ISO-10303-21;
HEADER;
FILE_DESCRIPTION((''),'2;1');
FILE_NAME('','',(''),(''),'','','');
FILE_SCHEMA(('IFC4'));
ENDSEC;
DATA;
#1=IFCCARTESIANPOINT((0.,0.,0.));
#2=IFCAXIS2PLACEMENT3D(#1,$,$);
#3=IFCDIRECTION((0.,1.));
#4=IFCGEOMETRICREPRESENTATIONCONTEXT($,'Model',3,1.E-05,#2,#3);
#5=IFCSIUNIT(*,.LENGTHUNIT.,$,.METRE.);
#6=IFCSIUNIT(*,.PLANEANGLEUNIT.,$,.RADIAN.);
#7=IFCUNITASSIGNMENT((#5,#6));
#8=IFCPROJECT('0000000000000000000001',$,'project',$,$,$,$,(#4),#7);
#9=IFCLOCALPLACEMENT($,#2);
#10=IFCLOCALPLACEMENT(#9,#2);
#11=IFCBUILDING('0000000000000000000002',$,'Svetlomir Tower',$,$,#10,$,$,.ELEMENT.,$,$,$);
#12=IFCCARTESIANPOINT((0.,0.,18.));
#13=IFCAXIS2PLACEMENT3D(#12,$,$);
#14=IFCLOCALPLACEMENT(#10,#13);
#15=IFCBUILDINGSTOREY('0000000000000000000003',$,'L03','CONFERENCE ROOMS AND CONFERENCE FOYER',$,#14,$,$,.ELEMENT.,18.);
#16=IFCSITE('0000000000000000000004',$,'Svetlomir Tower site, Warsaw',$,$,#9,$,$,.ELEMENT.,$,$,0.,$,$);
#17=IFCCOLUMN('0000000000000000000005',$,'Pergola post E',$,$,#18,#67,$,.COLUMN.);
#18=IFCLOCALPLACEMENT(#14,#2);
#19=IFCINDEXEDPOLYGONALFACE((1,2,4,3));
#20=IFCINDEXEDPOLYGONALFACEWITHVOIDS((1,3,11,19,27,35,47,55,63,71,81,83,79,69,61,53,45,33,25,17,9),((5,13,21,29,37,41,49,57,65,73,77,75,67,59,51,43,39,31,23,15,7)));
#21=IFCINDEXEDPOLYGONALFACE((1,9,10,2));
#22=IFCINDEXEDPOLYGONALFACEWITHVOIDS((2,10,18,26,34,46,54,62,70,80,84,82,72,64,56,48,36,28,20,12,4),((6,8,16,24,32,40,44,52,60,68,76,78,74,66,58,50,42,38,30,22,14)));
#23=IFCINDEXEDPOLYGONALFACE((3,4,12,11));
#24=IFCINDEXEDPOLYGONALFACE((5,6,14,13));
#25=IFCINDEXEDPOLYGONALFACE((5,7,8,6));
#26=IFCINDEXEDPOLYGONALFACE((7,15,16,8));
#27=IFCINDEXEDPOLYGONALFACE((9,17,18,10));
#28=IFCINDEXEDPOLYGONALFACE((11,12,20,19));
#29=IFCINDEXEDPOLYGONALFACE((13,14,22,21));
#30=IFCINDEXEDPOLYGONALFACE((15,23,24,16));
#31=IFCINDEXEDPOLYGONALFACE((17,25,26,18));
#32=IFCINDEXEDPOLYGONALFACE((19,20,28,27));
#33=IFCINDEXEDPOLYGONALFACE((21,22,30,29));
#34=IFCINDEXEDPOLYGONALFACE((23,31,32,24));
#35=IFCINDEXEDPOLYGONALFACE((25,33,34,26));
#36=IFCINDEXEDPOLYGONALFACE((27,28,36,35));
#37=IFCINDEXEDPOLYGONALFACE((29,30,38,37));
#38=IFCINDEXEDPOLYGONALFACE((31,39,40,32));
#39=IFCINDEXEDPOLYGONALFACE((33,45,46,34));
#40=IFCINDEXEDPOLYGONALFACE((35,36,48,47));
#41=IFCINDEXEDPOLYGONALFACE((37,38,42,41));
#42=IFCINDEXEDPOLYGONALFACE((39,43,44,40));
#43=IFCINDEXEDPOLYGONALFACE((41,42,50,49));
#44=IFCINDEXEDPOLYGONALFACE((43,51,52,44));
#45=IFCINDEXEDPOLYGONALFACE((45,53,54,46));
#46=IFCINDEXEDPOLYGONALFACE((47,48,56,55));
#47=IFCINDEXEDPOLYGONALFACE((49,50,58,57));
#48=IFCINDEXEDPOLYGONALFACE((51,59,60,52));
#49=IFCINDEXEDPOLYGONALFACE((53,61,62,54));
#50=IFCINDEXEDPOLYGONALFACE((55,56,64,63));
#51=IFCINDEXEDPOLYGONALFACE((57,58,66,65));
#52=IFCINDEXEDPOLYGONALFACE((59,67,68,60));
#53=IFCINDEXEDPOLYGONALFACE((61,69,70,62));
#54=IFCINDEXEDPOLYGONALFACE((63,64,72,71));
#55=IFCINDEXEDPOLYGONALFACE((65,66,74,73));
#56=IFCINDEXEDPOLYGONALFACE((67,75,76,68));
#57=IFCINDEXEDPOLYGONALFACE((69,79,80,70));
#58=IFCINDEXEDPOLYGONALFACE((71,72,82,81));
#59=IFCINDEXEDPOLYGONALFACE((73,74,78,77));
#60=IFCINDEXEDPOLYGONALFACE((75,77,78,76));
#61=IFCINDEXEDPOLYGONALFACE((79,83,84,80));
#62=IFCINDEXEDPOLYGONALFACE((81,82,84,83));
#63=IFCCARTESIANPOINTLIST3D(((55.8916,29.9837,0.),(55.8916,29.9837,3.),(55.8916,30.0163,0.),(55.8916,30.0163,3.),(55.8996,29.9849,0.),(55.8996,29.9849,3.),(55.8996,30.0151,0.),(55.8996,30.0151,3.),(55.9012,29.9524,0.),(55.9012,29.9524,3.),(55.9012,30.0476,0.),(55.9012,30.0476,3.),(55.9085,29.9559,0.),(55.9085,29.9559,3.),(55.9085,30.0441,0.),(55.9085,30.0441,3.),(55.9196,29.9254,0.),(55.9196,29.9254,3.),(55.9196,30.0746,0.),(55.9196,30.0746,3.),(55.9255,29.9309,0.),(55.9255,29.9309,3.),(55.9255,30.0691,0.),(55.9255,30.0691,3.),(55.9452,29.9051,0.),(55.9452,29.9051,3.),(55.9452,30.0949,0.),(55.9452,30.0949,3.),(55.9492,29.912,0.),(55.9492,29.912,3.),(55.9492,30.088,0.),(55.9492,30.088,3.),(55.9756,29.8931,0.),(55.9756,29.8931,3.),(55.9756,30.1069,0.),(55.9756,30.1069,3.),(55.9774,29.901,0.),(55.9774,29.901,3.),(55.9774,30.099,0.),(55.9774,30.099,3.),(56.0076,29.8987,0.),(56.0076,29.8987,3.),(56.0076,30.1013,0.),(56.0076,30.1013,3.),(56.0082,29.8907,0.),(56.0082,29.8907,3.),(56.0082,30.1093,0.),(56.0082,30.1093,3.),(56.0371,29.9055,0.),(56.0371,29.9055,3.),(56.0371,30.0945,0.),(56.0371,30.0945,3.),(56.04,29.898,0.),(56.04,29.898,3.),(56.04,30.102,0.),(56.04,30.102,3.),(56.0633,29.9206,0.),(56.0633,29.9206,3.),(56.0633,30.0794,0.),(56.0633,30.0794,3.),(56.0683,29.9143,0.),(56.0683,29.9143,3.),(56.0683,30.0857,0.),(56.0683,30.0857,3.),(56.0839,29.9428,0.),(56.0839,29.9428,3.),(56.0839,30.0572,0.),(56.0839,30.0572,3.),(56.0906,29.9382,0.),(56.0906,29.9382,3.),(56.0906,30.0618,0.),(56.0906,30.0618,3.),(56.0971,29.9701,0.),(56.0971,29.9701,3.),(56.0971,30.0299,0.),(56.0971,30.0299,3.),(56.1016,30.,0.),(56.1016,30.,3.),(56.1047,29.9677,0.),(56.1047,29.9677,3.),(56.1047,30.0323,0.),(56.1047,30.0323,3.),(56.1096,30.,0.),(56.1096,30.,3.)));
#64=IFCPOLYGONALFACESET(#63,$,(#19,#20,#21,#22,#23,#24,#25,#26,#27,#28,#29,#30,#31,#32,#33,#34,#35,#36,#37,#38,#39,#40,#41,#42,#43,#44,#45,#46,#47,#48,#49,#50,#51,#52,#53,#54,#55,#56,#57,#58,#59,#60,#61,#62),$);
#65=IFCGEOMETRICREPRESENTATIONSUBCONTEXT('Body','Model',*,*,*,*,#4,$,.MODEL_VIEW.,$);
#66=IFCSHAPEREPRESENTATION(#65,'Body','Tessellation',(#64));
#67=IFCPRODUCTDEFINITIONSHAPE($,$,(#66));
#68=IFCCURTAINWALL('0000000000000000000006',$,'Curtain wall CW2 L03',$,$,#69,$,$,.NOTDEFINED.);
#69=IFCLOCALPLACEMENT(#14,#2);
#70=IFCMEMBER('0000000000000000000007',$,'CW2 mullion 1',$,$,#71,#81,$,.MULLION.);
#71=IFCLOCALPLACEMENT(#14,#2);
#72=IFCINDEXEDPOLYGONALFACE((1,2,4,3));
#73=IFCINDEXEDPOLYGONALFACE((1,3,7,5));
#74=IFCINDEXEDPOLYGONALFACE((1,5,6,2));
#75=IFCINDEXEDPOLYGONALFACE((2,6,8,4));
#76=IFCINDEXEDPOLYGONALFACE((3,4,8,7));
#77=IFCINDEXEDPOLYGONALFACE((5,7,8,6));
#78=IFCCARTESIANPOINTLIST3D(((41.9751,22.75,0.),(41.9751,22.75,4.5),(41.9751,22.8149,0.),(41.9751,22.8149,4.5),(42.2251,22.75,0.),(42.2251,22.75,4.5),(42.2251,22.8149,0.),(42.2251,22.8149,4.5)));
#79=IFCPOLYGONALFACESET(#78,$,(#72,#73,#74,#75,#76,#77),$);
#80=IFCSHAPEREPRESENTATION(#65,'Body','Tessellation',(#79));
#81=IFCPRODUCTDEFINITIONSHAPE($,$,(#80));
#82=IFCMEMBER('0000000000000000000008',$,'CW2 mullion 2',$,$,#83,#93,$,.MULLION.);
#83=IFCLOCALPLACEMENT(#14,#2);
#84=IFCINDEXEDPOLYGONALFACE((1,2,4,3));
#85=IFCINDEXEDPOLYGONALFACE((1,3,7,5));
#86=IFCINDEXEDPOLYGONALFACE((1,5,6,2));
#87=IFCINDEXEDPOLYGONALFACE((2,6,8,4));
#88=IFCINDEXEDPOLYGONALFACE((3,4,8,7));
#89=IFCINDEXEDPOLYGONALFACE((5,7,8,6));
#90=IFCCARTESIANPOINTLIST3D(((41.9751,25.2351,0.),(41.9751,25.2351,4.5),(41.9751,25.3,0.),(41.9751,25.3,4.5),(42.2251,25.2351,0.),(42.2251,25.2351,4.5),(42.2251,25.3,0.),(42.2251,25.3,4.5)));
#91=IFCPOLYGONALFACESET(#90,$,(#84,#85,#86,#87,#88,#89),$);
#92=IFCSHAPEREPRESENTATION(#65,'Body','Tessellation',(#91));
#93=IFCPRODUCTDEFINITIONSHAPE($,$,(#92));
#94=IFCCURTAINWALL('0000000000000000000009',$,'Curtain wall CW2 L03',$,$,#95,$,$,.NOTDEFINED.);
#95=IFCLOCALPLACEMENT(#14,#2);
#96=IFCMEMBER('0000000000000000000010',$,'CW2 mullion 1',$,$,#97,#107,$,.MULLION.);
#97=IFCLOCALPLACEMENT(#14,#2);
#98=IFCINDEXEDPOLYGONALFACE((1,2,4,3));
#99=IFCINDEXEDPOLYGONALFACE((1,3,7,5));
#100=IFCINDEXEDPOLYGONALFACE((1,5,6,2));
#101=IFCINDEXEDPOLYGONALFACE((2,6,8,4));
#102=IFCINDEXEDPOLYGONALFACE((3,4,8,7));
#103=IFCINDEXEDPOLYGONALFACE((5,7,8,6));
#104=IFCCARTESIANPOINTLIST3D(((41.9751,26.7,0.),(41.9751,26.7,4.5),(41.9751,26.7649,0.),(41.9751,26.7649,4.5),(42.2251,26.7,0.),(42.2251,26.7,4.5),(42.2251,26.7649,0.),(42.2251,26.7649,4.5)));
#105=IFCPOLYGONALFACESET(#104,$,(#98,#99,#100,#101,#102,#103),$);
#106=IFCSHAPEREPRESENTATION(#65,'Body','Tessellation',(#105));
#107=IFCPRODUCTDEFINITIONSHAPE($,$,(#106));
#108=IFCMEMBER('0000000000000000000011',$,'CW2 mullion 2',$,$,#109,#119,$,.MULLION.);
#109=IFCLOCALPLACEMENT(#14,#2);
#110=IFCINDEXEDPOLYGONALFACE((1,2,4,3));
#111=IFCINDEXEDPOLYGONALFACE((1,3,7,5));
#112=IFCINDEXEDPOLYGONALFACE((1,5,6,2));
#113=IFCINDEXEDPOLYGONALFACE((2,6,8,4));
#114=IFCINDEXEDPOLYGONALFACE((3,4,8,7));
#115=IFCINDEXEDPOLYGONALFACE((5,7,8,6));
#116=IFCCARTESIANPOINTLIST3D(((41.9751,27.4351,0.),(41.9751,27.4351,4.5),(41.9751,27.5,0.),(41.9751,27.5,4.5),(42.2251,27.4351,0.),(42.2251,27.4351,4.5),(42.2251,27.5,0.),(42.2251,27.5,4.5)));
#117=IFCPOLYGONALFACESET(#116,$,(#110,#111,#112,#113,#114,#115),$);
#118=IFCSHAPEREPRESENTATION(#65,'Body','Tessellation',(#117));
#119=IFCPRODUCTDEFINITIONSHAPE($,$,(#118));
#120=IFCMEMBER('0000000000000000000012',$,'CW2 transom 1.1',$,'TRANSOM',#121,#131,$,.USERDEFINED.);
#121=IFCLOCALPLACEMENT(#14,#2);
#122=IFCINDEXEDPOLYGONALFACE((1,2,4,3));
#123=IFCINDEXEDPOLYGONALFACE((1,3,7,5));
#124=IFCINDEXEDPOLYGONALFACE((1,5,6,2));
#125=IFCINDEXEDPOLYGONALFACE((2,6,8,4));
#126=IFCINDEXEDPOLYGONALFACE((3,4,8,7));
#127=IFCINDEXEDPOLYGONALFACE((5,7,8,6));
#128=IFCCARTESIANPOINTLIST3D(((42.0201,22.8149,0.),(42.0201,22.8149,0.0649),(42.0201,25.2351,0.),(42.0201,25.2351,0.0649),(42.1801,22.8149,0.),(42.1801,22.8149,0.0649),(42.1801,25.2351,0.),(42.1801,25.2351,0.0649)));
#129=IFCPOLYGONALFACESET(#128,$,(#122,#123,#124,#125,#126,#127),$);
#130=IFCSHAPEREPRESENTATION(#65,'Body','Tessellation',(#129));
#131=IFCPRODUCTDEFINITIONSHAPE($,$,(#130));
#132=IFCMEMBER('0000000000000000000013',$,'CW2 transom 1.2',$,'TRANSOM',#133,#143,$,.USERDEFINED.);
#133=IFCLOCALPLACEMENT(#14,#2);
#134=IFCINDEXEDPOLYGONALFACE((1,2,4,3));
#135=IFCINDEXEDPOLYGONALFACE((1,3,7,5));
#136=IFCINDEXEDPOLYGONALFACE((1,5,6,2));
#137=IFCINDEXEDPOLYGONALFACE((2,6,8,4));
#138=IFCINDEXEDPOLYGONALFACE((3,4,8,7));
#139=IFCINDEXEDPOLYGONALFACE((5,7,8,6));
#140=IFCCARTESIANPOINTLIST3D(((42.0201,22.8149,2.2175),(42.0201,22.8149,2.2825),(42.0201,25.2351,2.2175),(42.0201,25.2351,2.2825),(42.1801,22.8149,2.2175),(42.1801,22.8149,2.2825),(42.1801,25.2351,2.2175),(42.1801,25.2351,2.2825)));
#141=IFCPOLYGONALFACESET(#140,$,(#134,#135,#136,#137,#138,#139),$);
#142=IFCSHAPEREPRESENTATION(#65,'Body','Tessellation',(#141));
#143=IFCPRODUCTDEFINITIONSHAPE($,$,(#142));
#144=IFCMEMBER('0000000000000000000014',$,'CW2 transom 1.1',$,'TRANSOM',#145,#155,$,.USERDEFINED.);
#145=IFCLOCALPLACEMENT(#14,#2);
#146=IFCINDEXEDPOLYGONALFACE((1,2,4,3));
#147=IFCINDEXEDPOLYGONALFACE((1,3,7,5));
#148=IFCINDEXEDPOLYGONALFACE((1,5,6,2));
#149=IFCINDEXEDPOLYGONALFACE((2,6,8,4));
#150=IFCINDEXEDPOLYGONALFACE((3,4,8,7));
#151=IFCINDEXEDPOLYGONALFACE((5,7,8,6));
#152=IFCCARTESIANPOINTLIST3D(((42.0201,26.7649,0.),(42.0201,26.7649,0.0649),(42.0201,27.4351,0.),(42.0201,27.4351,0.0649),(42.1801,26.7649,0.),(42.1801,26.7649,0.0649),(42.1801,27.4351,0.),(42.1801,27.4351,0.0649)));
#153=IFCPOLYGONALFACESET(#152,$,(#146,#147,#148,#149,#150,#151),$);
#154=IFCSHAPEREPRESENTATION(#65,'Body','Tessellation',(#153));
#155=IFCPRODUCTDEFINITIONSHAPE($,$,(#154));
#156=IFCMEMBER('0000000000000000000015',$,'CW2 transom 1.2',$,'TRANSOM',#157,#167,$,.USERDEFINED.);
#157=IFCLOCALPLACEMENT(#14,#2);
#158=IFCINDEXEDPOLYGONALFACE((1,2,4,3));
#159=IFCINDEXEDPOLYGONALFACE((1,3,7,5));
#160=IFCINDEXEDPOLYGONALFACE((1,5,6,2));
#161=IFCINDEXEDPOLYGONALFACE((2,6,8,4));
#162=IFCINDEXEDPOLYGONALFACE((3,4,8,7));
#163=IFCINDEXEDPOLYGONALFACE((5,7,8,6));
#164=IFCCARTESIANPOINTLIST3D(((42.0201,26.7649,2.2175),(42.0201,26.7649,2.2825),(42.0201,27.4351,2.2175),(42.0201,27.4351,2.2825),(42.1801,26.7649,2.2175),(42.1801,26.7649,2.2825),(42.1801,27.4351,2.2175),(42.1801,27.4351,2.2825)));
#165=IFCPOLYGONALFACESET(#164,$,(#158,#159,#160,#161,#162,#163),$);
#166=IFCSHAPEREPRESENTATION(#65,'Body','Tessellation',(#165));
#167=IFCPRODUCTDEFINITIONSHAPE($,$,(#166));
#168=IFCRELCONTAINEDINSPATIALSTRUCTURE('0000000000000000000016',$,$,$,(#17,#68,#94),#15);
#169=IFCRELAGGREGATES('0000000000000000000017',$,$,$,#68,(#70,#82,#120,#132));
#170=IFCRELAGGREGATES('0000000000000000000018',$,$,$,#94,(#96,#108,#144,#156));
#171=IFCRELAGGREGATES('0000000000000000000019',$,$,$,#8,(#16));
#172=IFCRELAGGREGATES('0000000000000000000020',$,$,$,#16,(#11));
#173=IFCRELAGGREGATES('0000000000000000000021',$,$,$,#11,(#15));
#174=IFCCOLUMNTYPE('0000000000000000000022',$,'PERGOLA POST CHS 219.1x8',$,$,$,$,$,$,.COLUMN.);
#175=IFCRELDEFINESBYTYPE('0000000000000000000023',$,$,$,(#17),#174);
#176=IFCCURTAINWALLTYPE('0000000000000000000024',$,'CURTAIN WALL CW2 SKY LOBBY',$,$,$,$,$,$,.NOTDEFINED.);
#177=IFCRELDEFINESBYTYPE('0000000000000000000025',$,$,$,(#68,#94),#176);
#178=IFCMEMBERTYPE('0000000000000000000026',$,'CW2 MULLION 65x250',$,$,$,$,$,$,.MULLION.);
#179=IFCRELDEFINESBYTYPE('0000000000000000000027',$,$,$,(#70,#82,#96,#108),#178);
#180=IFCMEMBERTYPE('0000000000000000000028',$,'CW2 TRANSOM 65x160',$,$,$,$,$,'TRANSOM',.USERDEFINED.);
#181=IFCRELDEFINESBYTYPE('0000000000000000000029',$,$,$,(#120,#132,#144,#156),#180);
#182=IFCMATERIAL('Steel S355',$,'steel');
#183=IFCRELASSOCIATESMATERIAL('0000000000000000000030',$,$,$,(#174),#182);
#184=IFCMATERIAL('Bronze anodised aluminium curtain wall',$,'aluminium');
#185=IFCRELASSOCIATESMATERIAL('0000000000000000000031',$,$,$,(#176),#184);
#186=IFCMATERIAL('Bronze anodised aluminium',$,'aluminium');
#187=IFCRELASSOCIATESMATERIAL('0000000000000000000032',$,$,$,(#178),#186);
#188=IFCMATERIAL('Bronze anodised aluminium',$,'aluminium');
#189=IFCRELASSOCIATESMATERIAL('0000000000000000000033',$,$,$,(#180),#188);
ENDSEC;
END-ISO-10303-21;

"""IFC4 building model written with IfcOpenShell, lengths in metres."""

from ifc_helpers import new_model, si_unit, direction, frame, origin, origin_2d, place, context, subcontext, project, spatial, rectangle, hollow_circle, extrude, material, material_profile, profile_set, type_object, element, aggregate, save


model = new_model("IFC4")

# Units and contexts
model_context = context("Model", 3, precision=1e-05, world=origin(), true_north=direction((0.0, 1.0)))
body_context = subcontext(model_context, "Body", "Model", "MODEL_VIEW")
ifc_project = project(units=[si_unit("LENGTHUNIT", "METRE"), si_unit("PLANEANGLEUNIT", "RADIAN")], contexts=[model_context])

# Site, building, storey
site_placement = place(None, origin())
site = spatial("IfcSite", under=ifc_project, at=site_placement, Name="Svetlomir Tower site, Warsaw", CompositionType="ELEMENT", RefElevation=0.0)
building_placement = place(site_placement, origin())
building = spatial("IfcBuilding", under=site, at=building_placement, Name="Svetlomir Tower", CompositionType="ELEMENT")
storey_placement = place(building_placement, frame((0.0, 0.0, 18.0)))
storey = spatial("IfcBuildingStorey", under=building, at=storey_placement, Name="L03", Description="CONFERENCE ROOMS AND CONFERENCE FOYER", CompositionType="ELEMENT", Elevation=18.0)

# Column
ifc_material_1 = material(Name="Steel S355", Category="steel")
ifc_material_profile_1 = material_profile(ifc_material_1, hollow_circle(Radius=0.1096, WallThickness=0.0081, at=origin_2d()), Name="CHS 219.1x8")
ifc_profile_set_1 = profile_set([ifc_material_profile_1], Name="Steel S355")
column_type_1 = type_object("IfcColumnType", Name="PERGOLA POST CHS 219.1x8", PredefinedType="COLUMN", material=ifc_profile_set_1)
for number, where, z_axis, x_axis, name in (
    (1, (56.0, 30.0, 0.0), (0.0, 0.0, 1.0), (1.0, 0.0, 0.0), "Pergola post E"),
):
    element("IfcColumn", number, at=place(storey_placement, frame(where, z_axis=z_axis, x_axis=x_axis)), inside=storey, type_object=column_type_1, Name=name, PredefinedType="COLUMN", context=body_context, shape_type="SweptSolid", body=[
        extrude(hollow_circle(Radius=0.1096, WallThickness=0.0081, at=origin_2d()), origin(), (0.0, 0.0, 1.0), 3.0),
    ])

# Curtain walls, members
ifc_material_2 = material(Name="Bronze anodised aluminium curtain wall", Category="aluminium")
curtain_wall_type = type_object("IfcCurtainWallType", Name="CURTAIN WALL CW2 SKY LOBBY", PredefinedType="NOTDEFINED", material=ifc_material_2)
curtain_wall_1_placement = place(storey_placement, origin())
curtain_wall_1 = element("IfcCurtainWall", 2, at=curtain_wall_1_placement, inside=storey, type_object=curtain_wall_type, Name="Curtain wall CW2 L03", PredefinedType="NOTDEFINED")
ifc_material_3 = material(Name="Bronze anodised aluminium", Category="aluminium")
ifc_material_profile_2 = material_profile(ifc_material_3, rectangle(XDim=0.0649, YDim=0.25, at=origin_2d()), Name="AL 65x250")
ifc_profile_set_2 = profile_set([ifc_material_profile_2], Name="Bronze anodised aluminium 6063-T6")
member_type_1 = type_object("IfcMemberType", Name="CW2 MULLION 65x250", PredefinedType="MULLION", material=ifc_profile_set_2)
member_1_placement = place(storey_placement, frame((42.1001, 22.7825, 0.0), z_axis=(0.0, 0.0, 1.0), x_axis=(0.0, 1.0, 0.0)))
member_1 = element("IfcMember", 3, at=member_1_placement, type_object=member_type_1, Name="CW2 mullion 1", PredefinedType="MULLION", context=body_context, shape_type="SweptSolid", body=[
    extrude(rectangle(XDim=0.0649, YDim=0.25, at=origin_2d()), origin(), (0.0, 0.0, 1.0), 4.5),
])
member_2_placement = place(storey_placement, frame((42.1001, 25.2676, 0.0), z_axis=(0.0, 0.0, 1.0), x_axis=(0.0, 1.0, 0.0)))
member_2 = element("IfcMember", 4, at=member_2_placement, type_object=member_type_1, Name="CW2 mullion 2", PredefinedType="MULLION", context=body_context, shape_type="SweptSolid", body=[
    extrude(rectangle(XDim=0.0649, YDim=0.25, at=origin_2d()), origin(), (0.0, 0.0, 1.0), 4.5),
])
curtain_wall_2_placement = place(storey_placement, origin())
curtain_wall_2 = element("IfcCurtainWall", 5, at=curtain_wall_2_placement, inside=storey, type_object=curtain_wall_type, Name="Curtain wall CW2 L03", PredefinedType="NOTDEFINED")
member_3_placement = place(storey_placement, frame((42.1001, 26.7324, 0.0), z_axis=(0.0, 0.0, 1.0), x_axis=(0.0, 1.0, 0.0)))
member_3 = element("IfcMember", 6, at=member_3_placement, type_object=member_type_1, Name="CW2 mullion 1", PredefinedType="MULLION", context=body_context, shape_type="SweptSolid", body=[
    extrude(rectangle(XDim=0.0649, YDim=0.25, at=origin_2d()), origin(), (0.0, 0.0, 1.0), 4.5),
])
member_4_placement = place(storey_placement, frame((42.1001, 27.4675, 0.0), z_axis=(0.0, 0.0, 1.0), x_axis=(0.0, 1.0, 0.0)))
member_4 = element("IfcMember", 7, at=member_4_placement, type_object=member_type_1, Name="CW2 mullion 2", PredefinedType="MULLION", context=body_context, shape_type="SweptSolid", body=[
    extrude(rectangle(XDim=0.0649, YDim=0.25, at=origin_2d()), origin(), (0.0, 0.0, 1.0), 4.5),
])

# Members
ifc_material_4 = material(Name="Bronze anodised aluminium", Category="aluminium")
ifc_material_profile_3 = material_profile(ifc_material_4, rectangle(XDim=0.1599, YDim=0.0649, at=origin_2d()), Name="AL 160x65")
ifc_profile_set_3 = profile_set([ifc_material_profile_3], Name="Bronze anodised aluminium 6063-T6")
member_type_2 = type_object("IfcMemberType", Name="CW2 TRANSOM 65x160", ElementType="TRANSOM", PredefinedType="USERDEFINED", material=ifc_profile_set_3)
member_5_placement = place(storey_placement, frame((42.1001, 22.8149, 0.0325), z_axis=(0.0, 1.0, 0.0), x_axis=(-1.0, 0.0, 0.0)))
member_5 = element("IfcMember", 8, at=member_5_placement, type_object=member_type_2, Name="CW2 transom 1.1", ObjectType="TRANSOM", PredefinedType="USERDEFINED", context=body_context, shape_type="SweptSolid", body=[
    extrude(rectangle(XDim=0.1599, YDim=0.0649, at=origin_2d()), origin(), (0.0, 0.0, 1.0), 2.4202),
])
member_6_placement = place(storey_placement, frame((42.1001, 22.8149, 2.25), z_axis=(0.0, 1.0, 0.0), x_axis=(-1.0, 0.0, 0.0)))
member_6 = element("IfcMember", 9, at=member_6_placement, type_object=member_type_2, Name="CW2 transom 1.2", ObjectType="TRANSOM", PredefinedType="USERDEFINED", context=body_context, shape_type="SweptSolid", body=[
    extrude(rectangle(XDim=0.1599, YDim=0.0649, at=origin_2d()), origin(), (0.0, 0.0, 1.0), 2.4202),
])
member_7_placement = place(storey_placement, frame((42.1001, 26.7649, 0.0325), z_axis=(0.0, 1.0, 0.0), x_axis=(-1.0, 0.0, 0.0)))
member_7 = element("IfcMember", 10, at=member_7_placement, type_object=member_type_2, Name="CW2 transom 1.1", ObjectType="TRANSOM", PredefinedType="USERDEFINED", context=body_context, shape_type="SweptSolid", body=[
    extrude(rectangle(XDim=0.1599, YDim=0.0649, at=origin_2d()), origin(), (0.0, 0.0, 1.0), 0.6702),
])
member_8_placement = place(storey_placement, frame((42.1001, 26.7649, 2.25), z_axis=(0.0, 1.0, 0.0), x_axis=(-1.0, 0.0, 0.0)))
member_8 = element("IfcMember", 11, at=member_8_placement, type_object=member_type_2, Name="CW2 transom 1.2", ObjectType="TRANSOM", PredefinedType="USERDEFINED", context=body_context, shape_type="SweptSolid", body=[
    extrude(rectangle(XDim=0.1599, YDim=0.0649, at=origin_2d()), origin(), (0.0, 0.0, 1.0), 0.6702),
])

aggregate(curtain_wall_1, [member_1, member_2, member_5, member_6])
aggregate(curtain_wall_2, [member_3, member_4, member_7, member_8])

save(model, "model.ifc")
